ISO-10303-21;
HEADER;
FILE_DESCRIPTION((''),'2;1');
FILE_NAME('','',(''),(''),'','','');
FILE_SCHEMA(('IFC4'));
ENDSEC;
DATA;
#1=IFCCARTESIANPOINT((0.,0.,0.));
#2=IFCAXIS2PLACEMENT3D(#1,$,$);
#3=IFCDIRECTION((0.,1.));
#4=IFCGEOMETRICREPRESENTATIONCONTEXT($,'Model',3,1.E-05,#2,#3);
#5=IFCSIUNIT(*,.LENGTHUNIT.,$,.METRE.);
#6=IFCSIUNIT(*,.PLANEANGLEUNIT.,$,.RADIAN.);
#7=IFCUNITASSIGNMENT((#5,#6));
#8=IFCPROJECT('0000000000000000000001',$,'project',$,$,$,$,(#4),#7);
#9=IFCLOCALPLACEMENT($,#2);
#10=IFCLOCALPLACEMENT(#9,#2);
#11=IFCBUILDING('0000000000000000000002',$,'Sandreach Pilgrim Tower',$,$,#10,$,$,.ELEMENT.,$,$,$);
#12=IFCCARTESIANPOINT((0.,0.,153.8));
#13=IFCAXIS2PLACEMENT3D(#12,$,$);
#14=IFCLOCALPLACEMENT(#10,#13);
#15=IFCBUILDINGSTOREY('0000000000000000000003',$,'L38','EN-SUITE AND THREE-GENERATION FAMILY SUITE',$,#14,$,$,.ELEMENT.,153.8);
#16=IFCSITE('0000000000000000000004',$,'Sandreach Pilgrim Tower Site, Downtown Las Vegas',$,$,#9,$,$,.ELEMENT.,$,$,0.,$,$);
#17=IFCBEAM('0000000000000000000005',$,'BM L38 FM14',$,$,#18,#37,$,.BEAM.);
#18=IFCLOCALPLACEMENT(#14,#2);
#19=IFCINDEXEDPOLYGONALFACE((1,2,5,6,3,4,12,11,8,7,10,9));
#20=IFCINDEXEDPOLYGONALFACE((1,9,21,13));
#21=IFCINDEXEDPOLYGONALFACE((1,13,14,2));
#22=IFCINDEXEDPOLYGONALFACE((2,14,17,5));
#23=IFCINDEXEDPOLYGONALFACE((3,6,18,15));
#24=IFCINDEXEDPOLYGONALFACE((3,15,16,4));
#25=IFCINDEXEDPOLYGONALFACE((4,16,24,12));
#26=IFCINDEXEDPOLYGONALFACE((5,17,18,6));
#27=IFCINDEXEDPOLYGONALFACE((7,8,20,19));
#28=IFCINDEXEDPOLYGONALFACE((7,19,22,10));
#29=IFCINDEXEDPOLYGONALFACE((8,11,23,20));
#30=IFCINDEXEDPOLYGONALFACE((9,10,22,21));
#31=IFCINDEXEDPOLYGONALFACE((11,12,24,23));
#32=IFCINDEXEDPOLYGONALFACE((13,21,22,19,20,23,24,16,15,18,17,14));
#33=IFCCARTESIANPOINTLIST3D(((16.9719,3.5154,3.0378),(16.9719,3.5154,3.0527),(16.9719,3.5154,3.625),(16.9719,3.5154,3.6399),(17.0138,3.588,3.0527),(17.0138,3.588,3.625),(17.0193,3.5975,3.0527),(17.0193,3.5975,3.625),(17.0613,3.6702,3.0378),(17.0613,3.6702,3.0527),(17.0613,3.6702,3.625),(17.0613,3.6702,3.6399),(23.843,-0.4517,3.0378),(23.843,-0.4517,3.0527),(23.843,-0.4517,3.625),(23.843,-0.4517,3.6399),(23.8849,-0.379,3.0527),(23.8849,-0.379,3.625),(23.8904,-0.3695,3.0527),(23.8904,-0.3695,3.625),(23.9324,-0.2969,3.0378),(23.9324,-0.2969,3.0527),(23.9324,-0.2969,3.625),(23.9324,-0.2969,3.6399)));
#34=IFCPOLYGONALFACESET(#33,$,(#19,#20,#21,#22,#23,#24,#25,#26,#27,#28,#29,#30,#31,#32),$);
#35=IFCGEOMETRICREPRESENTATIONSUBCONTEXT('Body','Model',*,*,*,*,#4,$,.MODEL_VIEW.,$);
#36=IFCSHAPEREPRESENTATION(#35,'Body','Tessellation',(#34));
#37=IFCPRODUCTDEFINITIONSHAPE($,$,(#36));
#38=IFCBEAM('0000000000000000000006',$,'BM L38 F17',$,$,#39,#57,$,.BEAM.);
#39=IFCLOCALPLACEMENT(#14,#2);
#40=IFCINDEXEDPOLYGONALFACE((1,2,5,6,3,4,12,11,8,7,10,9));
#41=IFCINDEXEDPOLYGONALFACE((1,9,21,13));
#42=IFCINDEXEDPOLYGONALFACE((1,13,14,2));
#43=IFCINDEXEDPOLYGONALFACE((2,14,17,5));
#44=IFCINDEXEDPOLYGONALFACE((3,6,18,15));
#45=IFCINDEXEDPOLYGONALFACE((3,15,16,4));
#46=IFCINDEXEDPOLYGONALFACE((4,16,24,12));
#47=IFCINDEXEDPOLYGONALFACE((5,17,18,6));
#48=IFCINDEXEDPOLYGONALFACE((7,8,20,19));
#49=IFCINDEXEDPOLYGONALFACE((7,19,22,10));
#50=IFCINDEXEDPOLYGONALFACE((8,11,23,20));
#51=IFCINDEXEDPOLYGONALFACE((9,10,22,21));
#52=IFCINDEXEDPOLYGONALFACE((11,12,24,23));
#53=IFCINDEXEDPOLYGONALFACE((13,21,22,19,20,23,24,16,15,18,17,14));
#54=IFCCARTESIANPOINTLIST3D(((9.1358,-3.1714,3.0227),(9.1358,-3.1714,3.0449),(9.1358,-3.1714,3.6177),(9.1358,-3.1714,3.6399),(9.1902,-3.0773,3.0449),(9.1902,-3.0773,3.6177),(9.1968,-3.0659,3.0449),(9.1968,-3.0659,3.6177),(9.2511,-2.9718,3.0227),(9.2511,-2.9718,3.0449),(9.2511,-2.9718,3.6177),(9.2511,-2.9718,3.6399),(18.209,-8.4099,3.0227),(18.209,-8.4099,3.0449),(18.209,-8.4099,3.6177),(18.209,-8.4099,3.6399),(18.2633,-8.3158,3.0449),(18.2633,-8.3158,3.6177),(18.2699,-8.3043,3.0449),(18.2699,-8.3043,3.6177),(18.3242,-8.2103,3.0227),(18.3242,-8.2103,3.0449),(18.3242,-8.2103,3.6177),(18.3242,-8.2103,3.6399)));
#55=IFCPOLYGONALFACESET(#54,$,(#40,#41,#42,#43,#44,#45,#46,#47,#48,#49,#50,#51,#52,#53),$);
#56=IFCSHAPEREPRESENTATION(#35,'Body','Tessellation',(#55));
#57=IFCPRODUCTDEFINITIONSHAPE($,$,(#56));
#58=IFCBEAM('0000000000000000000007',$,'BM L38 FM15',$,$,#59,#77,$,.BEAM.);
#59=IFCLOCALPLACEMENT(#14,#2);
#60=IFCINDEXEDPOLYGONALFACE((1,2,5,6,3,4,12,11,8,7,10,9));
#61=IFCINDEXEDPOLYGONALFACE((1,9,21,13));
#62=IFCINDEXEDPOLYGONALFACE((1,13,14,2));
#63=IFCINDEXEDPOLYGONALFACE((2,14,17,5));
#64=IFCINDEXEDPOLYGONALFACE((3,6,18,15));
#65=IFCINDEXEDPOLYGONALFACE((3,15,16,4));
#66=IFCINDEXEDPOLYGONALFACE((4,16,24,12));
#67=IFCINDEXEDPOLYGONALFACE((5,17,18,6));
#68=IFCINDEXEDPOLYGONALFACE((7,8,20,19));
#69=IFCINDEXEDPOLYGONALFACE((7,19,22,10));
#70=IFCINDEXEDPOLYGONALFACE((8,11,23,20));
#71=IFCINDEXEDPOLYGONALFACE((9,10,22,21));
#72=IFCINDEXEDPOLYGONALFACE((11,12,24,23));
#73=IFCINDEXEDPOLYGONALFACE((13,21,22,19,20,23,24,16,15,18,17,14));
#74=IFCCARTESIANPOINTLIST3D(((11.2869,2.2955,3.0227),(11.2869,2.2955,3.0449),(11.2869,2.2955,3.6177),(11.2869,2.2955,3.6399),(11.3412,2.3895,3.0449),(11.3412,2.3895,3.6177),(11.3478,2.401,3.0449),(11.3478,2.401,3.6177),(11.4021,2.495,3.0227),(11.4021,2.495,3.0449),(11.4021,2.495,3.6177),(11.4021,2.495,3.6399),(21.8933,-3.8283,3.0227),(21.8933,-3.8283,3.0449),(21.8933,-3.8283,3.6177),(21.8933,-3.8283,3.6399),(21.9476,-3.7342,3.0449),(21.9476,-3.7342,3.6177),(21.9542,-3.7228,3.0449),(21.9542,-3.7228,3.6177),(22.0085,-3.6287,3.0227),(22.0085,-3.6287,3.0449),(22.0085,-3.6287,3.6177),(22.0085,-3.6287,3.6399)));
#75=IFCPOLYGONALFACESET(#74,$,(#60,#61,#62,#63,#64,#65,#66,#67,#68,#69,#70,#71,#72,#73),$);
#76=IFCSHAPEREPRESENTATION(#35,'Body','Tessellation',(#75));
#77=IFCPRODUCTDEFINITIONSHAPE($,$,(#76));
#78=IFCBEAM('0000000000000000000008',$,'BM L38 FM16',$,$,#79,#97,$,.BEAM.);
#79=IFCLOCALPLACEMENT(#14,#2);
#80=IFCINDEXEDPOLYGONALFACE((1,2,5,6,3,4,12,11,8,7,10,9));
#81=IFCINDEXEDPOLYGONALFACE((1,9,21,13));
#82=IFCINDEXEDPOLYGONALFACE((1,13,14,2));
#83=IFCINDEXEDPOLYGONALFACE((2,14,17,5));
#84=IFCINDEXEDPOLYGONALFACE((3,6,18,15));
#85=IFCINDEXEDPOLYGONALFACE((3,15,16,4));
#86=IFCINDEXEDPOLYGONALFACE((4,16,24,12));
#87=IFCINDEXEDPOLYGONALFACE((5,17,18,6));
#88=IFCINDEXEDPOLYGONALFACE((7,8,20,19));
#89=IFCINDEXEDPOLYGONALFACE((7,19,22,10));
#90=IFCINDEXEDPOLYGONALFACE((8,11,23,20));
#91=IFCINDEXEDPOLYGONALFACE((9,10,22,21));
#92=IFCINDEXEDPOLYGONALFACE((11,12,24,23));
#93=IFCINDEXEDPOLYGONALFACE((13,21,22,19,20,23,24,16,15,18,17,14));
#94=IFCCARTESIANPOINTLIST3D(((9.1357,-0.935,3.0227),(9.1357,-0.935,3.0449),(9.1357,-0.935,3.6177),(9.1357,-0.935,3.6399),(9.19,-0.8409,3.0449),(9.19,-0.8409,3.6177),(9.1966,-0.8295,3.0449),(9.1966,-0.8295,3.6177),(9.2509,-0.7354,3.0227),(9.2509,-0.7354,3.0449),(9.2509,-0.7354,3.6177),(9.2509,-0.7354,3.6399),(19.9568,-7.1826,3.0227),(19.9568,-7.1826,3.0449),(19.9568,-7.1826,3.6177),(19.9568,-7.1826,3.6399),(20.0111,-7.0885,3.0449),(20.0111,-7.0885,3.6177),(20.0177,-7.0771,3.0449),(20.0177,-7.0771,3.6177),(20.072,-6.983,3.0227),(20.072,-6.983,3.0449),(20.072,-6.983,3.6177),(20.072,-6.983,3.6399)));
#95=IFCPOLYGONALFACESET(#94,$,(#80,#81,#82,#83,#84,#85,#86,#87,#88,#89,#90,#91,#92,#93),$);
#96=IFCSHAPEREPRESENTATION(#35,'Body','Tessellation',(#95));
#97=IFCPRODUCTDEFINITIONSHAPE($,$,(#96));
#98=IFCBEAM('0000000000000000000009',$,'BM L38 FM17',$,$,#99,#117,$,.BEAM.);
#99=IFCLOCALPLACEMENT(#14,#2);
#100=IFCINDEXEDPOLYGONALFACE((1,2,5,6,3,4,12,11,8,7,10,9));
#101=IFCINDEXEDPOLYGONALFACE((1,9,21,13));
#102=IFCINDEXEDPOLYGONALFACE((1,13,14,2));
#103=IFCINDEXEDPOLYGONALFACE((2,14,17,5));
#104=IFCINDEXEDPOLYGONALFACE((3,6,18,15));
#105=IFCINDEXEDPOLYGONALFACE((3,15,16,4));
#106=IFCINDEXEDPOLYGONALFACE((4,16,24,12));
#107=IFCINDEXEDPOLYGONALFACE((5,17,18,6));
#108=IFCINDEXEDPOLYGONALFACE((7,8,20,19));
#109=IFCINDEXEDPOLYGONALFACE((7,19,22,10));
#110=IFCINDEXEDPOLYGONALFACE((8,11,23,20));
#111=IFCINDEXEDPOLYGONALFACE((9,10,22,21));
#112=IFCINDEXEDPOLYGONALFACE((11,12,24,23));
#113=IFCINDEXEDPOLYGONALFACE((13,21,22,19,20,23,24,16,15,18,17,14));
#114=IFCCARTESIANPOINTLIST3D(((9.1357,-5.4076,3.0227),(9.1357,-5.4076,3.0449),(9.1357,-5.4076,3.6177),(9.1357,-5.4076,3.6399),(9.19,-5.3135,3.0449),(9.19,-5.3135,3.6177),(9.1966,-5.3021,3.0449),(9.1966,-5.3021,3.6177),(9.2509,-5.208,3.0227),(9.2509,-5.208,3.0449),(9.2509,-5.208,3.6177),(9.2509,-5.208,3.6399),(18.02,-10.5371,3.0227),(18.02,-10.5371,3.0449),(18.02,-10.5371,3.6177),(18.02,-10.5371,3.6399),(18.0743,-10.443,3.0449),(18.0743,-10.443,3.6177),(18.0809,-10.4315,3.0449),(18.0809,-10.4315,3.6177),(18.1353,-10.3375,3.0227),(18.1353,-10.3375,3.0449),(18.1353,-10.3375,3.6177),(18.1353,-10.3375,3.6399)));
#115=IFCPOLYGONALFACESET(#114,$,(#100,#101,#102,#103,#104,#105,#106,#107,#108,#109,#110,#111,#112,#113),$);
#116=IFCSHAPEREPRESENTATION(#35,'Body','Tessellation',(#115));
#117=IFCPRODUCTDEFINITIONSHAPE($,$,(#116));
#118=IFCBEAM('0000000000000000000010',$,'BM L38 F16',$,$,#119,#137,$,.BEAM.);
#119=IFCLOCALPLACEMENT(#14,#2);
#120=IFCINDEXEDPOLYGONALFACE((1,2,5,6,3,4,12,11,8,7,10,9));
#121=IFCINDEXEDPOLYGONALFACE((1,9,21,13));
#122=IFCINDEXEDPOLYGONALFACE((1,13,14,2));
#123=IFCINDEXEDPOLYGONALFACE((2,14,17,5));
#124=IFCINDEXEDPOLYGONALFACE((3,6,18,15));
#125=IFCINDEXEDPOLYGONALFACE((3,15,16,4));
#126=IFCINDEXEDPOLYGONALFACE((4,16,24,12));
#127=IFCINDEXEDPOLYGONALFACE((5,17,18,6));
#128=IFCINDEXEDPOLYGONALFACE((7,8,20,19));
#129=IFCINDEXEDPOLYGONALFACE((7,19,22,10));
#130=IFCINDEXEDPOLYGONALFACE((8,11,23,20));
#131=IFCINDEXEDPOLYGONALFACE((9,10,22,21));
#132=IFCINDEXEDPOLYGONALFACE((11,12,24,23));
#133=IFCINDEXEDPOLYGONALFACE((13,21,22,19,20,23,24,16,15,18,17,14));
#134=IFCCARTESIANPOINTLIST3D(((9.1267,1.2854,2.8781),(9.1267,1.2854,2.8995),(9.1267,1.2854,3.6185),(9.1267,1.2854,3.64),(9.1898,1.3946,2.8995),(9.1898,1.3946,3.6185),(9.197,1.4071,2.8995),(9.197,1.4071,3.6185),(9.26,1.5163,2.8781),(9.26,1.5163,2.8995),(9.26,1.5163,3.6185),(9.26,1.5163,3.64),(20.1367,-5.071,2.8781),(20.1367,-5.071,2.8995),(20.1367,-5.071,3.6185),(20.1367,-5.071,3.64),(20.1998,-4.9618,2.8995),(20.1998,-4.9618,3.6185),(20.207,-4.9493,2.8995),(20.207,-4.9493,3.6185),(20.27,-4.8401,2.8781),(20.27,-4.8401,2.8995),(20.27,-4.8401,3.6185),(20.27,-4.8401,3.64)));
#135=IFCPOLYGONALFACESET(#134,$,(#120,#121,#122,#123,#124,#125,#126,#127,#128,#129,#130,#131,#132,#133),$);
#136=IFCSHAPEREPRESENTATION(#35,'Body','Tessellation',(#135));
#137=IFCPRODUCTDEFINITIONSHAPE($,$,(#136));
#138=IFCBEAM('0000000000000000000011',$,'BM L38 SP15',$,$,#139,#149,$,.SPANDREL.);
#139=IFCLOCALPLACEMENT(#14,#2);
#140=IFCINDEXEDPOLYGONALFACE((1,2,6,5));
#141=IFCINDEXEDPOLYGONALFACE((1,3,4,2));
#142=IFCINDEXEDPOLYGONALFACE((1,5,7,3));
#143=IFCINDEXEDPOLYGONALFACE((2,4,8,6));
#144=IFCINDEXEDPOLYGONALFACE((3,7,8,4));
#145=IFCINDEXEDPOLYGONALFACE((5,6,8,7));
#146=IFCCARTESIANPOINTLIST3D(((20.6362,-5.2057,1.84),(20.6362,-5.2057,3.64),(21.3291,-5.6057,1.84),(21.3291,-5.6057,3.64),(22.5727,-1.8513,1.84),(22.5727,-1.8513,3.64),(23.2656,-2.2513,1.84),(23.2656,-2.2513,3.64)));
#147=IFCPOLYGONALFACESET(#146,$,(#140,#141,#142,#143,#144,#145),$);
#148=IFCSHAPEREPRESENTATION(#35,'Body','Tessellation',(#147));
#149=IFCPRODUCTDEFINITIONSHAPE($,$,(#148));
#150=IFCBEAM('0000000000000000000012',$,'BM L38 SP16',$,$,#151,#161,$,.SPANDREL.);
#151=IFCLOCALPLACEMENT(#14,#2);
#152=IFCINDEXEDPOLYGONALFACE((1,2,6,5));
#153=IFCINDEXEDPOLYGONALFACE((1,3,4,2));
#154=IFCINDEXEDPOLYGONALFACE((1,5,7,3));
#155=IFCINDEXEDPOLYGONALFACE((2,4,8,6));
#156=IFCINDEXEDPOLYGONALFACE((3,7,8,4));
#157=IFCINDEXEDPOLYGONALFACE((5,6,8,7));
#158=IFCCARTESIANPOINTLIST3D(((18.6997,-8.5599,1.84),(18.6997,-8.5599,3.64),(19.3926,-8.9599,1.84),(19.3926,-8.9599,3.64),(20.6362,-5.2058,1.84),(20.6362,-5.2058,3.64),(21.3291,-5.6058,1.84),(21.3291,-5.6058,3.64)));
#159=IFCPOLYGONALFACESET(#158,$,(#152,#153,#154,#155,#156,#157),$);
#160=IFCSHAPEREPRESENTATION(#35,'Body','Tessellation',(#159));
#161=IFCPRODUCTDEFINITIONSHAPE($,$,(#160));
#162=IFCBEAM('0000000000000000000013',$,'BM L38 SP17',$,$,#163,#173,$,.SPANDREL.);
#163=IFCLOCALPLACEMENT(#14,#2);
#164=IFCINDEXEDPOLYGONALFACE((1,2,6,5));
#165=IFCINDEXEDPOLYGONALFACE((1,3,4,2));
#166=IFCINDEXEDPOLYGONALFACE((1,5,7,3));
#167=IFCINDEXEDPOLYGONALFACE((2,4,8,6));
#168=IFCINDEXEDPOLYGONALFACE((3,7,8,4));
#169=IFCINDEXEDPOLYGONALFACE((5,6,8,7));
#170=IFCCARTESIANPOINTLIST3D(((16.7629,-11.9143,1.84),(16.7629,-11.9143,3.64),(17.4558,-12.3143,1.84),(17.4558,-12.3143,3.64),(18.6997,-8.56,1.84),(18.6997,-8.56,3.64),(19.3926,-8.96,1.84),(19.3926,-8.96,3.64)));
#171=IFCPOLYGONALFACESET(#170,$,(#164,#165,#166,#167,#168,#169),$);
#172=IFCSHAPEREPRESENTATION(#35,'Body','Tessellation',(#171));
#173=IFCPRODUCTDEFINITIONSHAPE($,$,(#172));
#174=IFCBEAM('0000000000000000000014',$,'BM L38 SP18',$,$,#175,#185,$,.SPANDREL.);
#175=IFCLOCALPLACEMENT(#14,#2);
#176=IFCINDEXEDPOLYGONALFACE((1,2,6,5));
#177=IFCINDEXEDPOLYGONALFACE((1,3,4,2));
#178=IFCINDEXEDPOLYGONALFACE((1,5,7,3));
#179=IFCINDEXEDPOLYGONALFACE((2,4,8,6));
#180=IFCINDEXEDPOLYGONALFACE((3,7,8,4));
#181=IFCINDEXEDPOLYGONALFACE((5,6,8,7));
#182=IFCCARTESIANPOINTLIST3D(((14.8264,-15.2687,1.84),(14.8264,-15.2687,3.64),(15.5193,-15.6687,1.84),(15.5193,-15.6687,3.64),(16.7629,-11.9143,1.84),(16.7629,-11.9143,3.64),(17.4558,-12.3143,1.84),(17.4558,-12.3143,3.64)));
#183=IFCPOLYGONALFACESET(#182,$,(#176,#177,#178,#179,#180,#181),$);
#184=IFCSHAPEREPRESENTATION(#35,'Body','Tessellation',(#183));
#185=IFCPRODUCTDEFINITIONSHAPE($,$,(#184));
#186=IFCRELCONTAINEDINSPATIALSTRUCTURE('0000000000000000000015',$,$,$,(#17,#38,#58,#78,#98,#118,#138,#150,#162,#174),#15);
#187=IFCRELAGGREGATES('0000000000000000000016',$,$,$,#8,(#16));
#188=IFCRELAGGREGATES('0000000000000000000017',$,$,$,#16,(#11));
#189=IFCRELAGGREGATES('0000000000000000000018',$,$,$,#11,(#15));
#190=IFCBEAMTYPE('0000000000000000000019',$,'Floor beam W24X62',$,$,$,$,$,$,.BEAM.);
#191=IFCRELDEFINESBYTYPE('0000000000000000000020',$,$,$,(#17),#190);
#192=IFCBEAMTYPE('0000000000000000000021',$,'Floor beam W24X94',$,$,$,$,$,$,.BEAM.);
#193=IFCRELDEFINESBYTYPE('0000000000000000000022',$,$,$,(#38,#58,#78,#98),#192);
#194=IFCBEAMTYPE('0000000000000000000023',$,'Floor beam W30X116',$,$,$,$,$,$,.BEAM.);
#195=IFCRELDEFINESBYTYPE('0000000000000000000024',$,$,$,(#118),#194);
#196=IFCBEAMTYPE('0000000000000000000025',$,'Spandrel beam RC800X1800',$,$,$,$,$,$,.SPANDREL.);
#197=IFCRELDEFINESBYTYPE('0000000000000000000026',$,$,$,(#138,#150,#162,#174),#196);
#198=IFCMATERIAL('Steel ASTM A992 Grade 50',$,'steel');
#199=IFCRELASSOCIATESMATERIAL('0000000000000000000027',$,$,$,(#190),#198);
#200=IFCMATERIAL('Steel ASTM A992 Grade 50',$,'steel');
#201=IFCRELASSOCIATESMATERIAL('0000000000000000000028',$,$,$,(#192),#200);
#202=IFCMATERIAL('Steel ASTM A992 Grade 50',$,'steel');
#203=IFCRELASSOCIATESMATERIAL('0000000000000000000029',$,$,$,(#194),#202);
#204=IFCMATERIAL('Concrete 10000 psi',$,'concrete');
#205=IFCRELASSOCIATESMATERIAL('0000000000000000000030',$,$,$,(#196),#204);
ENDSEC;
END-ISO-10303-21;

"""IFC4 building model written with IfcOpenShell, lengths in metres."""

from ifc_helpers import new_model, si_unit, direction, frame, origin, origin_2d, place, context, subcontext, project, spatial, rectangle, i_section, extrude, material, material_profile, profile_set, type_object, element, save


model = new_model("IFC4")

# Units and contexts
model_context = context("Model", 3, precision=1e-05, world=origin(), true_north=direction((0.0, 1.0)))
body_context = subcontext(model_context, "Body", "Model", "MODEL_VIEW")
ifc_project = project(units=[si_unit("LENGTHUNIT", "METRE"), si_unit("PLANEANGLEUNIT", "RADIAN")], contexts=[model_context])

# Site, building, storey
site_placement = place(None, origin())
site = spatial("IfcSite", under=ifc_project, at=site_placement, Name="Sandreach Pilgrim Tower Site, Downtown Las Vegas", CompositionType="ELEMENT", RefElevation=0.0)
building_placement = place(site_placement, origin())
building = spatial("IfcBuilding", under=site, at=building_placement, Name="Sandreach Pilgrim Tower", CompositionType="ELEMENT")
storey_placement = place(building_placement, frame((0.0, 0.0, 153.8)))
storey = spatial("IfcBuildingStorey", under=building, at=storey_placement, Name="L38", Description="EN-SUITE AND THREE-GENERATION FAMILY SUITE", CompositionType="ELEMENT", Elevation=153.8)

# Beams
ifc_material_1 = material(Name="Steel ASTM A992 Grade 50", Category="steel")
ifc_material_profile_1 = material_profile(ifc_material_1, i_section(OverallWidth=0.1787, OverallDepth=0.6021, WebThickness=0.011, FlangeThickness=0.0149, at=origin_2d()), Name="W24X62")
ifc_profile_set_1 = profile_set([ifc_material_profile_1], Name="Steel ASTM A992 Grade 50")
beam_type_1 = type_object("IfcBeamType", Name="Floor beam W24X62", PredefinedType="BEAM", material=ifc_profile_set_1)
beam_1_placement = place(storey_placement, frame((23.8877, -0.3743, 3.3389), z_axis=(-0.866025, 0.500001, 0.0), x_axis=(-0.500001, -0.866025, 0.0)))
element("IfcBeam", 1, at=beam_1_placement, inside=storey, type_object=beam_type_1, Name="BM L38 FM14", PredefinedType="BEAM", context=body_context, shape_type="SweptSolid", body=[
    extrude(i_section(OverallWidth=0.1787, OverallDepth=0.6021, WebThickness=0.011, FlangeThickness=0.0149, at=origin_2d()), origin(), (0.0, 0.0, 1.0), 7.9341),
])
ifc_material_2 = material(Name="Steel ASTM A992 Grade 50", Category="steel")
ifc_material_profile_2 = material_profile(ifc_material_2, i_section(OverallWidth=0.2305, OverallDepth=0.6172, WebThickness=0.0132, FlangeThickness=0.0222, at=origin_2d()), Name="W24X94")
ifc_profile_set_2 = profile_set([ifc_material_profile_2], Name="Steel ASTM A992 Grade 50")
beam_type_2 = type_object("IfcBeamType", Name="Floor beam W24X94", PredefinedType="BEAM", material=ifc_profile_set_2)
beam_2_placement = place(storey_placement, frame((18.2666, -8.3101, 3.3313), z_axis=(-0.866022, 0.500006, 0.0), x_axis=(-0.500006, -0.866022, 0.0)))
element("IfcBeam", 2, at=beam_2_placement, inside=storey, type_object=beam_type_2, Name="BM L38 F17", PredefinedType="BEAM", context=body_context, shape_type="SweptSolid", body=[
    extrude(i_section(OverallWidth=0.2305, OverallDepth=0.6172, WebThickness=0.0132, FlangeThickness=0.0222, at=origin_2d()), origin(), (0.0, 0.0, 1.0), 10.4768),
])
beam_3_placement = place(storey_placement, frame((21.9509, -3.7285, 3.3313), z_axis=(-0.86602, 0.500009, 0.0), x_axis=(-0.500009, -0.86602, 0.0)))
element("IfcBeam", 3, at=beam_3_placement, inside=storey, type_object=beam_type_2, Name="BM L38 FM15", PredefinedType="BEAM", context=body_context, shape_type="SweptSolid", body=[
    extrude(i_section(OverallWidth=0.2305, OverallDepth=0.6172, WebThickness=0.0132, FlangeThickness=0.0222, at=origin_2d()), origin(), (0.0, 0.0, 1.0), 12.2473),
])
beam_4_placement = place(storey_placement, frame((20.0144, -7.0828, 3.3313), z_axis=(-0.866025, 0.500002, 0.0), x_axis=(-0.500002, -0.866025, 0.0)))
element("IfcBeam", 4, at=beam_4_placement, inside=storey, type_object=beam_type_2, Name="BM L38 FM16", PredefinedType="BEAM", context=body_context, shape_type="SweptSolid", body=[
    extrude(i_section(OverallWidth=0.2305, OverallDepth=0.6172, WebThickness=0.0132, FlangeThickness=0.0222, at=origin_2d()), origin(), (0.0, 0.0, 1.0), 12.4951),
])
beam_5_placement = place(storey_placement, frame((18.0776, -10.4373, 3.3313), z_axis=(-0.866023, 0.500004, 0.0), x_axis=(-0.500004, -0.866023, 0.0)))
element("IfcBeam", 5, at=beam_5_placement, inside=storey, type_object=beam_type_2, Name="BM L38 FM17", PredefinedType="BEAM", context=body_context, shape_type="SweptSolid", body=[
    extrude(i_section(OverallWidth=0.2305, OverallDepth=0.6172, WebThickness=0.0132, FlangeThickness=0.0222, at=origin_2d()), origin(), (0.0, 0.0, 1.0), 10.2588),
])
ifc_material_3 = material(Name="Steel ASTM A992 Grade 50", Category="steel")
ifc_material_profile_3 = material_profile(ifc_material_3, i_section(OverallWidth=0.2666, OverallDepth=0.762, WebThickness=0.0144, FlangeThickness=0.0215, at=origin_2d()), Name="W30X116")
ifc_profile_set_3 = profile_set([ifc_material_profile_3], Name="Steel ASTM A992 Grade 50")
beam_type_3 = type_object("IfcBeamType", Name="Floor beam W30X116", PredefinedType="BEAM", material=ifc_profile_set_3)
beam_6_placement = place(storey_placement, frame((20.2034, -4.9556, 3.259), z_axis=(-0.866032, 0.499989, 0.0), x_axis=(-0.499989, -0.866032, 0.0)))
element("IfcBeam", 6, at=beam_6_placement, inside=storey, type_object=beam_type_3, Name="BM L38 F16", PredefinedType="BEAM", context=body_context, shape_type="SweptSolid", body=[
    extrude(i_section(OverallWidth=0.2666, OverallDepth=0.762, WebThickness=0.0144, FlangeThickness=0.0215, at=origin_2d()), origin(), (0.0, 0.0, 1.0), 12.7131),
])
ifc_material_4 = material(Name="Concrete 10000 psi", Category="concrete")
ifc_material_profile_4 = material_profile(ifc_material_4, rectangle(XDim=0.8, YDim=1.8, at=origin_2d()), Name="RC800X1800")
ifc_profile_set_4 = profile_set([ifc_material_profile_4], Name="Concrete 10000 psi")
beam_type_4 = type_object("IfcBeamType", Name="Spandrel beam RC800X1800", PredefinedType="SPANDREL", material=ifc_profile_set_4)
beam_7_placement = place(storey_placement, frame((22.9192, -2.0513, 2.74), z_axis=(-0.499963, -0.866047, 0.0), x_axis=(0.866047, -0.499963, 0.0)))
element("IfcBeam", 7, at=beam_7_placement, inside=storey, type_object=beam_type_4, Name="BM L38 SP15", PredefinedType="SPANDREL", context=body_context, shape_type="SweptSolid", body=[
    extrude(rectangle(XDim=0.8, YDim=1.8, at=origin_2d()), origin(), (0.0, 0.0, 1.0), 3.8733),
])
beam_8_placement = place(storey_placement, frame((20.9827, -5.4058, 2.74), z_axis=(-0.49999, -0.866031, 0.0), x_axis=(0.866031, -0.49999, 0.0)))
element("IfcBeam", 8, at=beam_8_placement, inside=storey, type_object=beam_type_4, Name="BM L38 SP16", PredefinedType="SPANDREL", context=body_context, shape_type="SweptSolid", body=[
    extrude(rectangle(XDim=0.8, YDim=1.8, at=origin_2d()), origin(), (0.0, 0.0, 1.0), 3.873),
])
for number, where, z_axis, x_axis, name in (
    (9, (19.0461, -8.76, 2.74), (-0.500037, -0.866004, 0.0), (0.866004, -0.500037, 0.0), "BM L38 SP17"),
    (10, (17.1094, -12.1143, 2.74), (-0.499963, -0.866047, 0.0), (0.866047, -0.499963, 0.0), "BM L38 SP18"),
):
    element("IfcBeam", number, at=place(storey_placement, frame(where, z_axis=z_axis, x_axis=x_axis)), inside=storey, type_object=beam_type_4, Name=name, PredefinedType="SPANDREL", context=body_context, shape_type="SweptSolid", body=[
        extrude(rectangle(XDim=0.8, YDim=1.8, at=origin_2d()), origin(), (0.0, 0.0, 1.0), 3.8733),
    ])

save(model, "model.ifc")
